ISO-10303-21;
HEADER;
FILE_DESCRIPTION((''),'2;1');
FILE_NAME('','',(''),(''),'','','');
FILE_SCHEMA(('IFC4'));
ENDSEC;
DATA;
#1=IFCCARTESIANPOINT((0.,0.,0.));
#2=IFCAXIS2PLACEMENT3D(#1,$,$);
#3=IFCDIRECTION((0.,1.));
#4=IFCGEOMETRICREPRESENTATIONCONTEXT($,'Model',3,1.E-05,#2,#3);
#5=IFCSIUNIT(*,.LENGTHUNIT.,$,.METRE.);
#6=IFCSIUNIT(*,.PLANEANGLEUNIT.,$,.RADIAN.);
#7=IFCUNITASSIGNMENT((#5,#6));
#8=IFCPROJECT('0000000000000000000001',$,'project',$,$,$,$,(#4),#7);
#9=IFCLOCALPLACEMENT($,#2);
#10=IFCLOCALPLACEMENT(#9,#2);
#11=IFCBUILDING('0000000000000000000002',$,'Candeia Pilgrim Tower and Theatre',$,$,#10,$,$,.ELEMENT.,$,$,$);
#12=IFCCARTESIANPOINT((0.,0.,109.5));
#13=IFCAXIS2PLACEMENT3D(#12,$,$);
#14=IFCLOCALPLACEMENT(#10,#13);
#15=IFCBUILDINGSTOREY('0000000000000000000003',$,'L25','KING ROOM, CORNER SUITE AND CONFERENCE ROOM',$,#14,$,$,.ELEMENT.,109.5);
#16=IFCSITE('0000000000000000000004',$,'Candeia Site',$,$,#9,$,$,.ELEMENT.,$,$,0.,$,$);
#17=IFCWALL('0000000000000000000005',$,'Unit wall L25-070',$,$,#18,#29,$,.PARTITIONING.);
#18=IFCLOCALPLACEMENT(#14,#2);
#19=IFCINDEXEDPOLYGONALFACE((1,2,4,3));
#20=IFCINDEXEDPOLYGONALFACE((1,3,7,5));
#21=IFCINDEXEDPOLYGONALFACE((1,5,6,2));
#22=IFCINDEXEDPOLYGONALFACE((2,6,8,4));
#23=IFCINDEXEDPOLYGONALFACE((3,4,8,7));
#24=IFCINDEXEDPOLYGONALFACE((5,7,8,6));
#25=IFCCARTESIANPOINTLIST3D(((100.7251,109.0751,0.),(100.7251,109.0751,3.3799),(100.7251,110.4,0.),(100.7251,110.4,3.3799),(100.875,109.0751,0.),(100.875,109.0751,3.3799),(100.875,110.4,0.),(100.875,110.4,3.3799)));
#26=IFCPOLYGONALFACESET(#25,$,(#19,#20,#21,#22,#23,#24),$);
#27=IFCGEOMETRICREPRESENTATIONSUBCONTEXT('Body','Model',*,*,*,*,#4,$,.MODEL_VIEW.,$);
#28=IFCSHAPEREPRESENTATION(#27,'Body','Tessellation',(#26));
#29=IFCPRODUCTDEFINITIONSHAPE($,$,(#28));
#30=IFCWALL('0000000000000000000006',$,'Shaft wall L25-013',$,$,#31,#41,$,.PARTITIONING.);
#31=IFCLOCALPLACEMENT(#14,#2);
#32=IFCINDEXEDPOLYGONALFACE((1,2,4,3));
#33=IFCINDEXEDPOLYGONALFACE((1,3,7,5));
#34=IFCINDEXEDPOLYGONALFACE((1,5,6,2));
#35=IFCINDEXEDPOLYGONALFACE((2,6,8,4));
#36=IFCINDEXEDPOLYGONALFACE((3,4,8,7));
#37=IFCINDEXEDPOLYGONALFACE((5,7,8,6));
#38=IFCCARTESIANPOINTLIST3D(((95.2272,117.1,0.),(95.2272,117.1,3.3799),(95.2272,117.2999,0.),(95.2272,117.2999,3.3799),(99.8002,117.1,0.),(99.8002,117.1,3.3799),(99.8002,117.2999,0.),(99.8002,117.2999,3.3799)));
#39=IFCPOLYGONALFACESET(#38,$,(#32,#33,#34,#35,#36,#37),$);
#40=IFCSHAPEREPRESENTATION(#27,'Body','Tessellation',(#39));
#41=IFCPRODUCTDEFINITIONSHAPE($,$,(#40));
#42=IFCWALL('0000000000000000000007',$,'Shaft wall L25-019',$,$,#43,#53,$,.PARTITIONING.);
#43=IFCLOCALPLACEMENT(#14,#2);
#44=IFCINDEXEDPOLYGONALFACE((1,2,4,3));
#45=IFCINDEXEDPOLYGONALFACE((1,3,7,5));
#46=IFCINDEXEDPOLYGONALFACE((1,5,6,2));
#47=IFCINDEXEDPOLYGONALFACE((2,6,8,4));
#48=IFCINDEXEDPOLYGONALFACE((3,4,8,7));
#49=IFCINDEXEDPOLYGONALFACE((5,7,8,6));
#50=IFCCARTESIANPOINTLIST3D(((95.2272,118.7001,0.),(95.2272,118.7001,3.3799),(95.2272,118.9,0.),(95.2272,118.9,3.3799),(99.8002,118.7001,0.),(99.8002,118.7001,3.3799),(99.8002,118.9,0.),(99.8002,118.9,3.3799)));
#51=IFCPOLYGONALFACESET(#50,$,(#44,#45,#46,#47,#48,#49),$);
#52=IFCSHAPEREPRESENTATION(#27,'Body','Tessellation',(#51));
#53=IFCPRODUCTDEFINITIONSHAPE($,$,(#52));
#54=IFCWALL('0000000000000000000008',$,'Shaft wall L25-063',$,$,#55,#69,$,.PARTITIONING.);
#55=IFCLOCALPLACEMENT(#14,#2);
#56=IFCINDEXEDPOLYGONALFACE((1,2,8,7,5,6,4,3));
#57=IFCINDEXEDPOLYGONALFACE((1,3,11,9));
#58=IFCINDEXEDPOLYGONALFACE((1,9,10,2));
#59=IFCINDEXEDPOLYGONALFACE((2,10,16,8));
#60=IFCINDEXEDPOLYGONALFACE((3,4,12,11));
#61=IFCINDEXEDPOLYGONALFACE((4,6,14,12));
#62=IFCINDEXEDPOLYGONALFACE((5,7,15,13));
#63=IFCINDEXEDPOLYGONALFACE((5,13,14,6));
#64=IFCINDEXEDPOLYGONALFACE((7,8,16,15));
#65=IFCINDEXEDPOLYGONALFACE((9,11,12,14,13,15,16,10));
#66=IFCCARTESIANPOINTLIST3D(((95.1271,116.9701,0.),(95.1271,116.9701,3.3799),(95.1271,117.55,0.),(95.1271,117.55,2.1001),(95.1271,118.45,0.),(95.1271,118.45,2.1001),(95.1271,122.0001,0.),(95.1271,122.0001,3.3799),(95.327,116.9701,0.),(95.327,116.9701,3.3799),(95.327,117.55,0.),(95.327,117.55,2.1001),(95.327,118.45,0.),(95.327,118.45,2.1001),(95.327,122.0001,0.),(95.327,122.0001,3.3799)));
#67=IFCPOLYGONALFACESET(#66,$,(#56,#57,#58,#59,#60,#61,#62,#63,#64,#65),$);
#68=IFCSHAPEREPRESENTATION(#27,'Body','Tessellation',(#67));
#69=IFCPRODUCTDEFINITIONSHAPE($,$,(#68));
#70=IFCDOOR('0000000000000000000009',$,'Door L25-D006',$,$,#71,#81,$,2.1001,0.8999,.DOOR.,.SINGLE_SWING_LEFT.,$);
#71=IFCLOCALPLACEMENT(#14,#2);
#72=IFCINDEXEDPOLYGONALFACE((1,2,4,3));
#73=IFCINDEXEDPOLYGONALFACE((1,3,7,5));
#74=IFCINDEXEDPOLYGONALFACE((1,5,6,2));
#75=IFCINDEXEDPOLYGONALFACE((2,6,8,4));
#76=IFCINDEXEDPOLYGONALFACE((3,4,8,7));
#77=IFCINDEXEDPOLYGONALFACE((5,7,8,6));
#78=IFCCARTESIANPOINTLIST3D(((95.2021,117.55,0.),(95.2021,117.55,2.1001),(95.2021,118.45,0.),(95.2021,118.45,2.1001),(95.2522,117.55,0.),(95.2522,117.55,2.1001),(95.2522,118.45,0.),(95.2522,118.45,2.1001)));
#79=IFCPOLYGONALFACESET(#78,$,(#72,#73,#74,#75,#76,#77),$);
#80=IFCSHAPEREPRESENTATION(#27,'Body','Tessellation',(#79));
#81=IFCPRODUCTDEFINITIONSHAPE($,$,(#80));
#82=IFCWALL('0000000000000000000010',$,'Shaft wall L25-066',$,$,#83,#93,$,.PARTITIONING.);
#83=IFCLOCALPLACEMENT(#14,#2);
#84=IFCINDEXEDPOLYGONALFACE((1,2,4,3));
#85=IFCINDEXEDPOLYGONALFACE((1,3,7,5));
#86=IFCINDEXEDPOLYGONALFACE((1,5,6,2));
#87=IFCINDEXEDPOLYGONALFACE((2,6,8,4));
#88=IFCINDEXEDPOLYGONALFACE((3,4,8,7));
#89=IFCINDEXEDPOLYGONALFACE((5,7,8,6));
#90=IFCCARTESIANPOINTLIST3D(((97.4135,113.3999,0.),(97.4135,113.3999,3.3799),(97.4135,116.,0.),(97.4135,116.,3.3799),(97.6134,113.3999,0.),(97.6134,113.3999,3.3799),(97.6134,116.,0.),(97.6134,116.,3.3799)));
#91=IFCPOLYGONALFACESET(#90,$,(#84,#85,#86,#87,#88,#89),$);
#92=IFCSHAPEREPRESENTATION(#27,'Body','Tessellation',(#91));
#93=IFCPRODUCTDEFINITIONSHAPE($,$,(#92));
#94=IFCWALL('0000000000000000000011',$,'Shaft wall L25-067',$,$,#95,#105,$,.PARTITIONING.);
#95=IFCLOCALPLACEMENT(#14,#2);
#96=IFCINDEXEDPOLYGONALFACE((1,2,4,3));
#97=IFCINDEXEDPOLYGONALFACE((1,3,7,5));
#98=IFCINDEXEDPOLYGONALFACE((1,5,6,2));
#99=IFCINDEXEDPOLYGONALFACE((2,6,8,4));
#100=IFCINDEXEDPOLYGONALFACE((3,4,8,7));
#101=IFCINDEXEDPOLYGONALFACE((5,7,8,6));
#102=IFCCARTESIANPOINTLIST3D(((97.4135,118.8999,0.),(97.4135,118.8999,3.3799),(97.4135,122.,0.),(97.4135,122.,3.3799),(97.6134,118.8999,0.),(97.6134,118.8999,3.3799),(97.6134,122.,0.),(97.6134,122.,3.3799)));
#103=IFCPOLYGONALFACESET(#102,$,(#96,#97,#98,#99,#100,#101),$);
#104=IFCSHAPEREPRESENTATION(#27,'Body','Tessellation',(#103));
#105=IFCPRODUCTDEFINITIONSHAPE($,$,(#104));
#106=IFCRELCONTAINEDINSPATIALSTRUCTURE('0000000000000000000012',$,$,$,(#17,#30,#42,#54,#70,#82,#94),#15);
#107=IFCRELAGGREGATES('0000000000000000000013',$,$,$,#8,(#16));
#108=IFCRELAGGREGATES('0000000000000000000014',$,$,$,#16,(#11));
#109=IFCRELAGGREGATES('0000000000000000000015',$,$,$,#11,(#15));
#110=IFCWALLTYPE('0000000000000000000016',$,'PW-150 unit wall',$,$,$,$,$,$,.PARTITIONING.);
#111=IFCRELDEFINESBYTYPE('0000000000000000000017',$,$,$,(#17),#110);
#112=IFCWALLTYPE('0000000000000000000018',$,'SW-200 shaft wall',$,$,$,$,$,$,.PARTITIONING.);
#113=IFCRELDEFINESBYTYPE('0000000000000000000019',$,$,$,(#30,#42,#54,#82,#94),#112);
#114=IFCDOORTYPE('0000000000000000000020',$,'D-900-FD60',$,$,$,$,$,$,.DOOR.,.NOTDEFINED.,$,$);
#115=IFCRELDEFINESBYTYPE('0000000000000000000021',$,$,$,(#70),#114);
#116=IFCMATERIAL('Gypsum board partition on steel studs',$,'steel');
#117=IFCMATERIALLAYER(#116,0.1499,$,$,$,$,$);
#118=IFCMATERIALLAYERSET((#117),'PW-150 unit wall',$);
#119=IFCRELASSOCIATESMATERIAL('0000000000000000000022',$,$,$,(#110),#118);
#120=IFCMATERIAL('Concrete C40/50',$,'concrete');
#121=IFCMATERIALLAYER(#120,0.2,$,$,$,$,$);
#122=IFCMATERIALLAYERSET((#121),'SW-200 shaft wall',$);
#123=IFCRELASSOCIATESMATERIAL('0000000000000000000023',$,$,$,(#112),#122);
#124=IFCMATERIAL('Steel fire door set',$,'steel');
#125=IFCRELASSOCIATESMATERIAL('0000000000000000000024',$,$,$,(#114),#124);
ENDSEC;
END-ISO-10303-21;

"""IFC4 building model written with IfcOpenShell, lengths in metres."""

from ifc_helpers import new_model, si_unit, direction, frame, frame_2d, origin, place, context, subcontext, project, spatial, rectangle, extrude, material, layer, layer_set, type_object, element, fill, save


model = new_model("IFC4")

# Units and contexts
model_context = context("Model", 3, precision=1e-05, world=origin(), true_north=direction((0.0, 1.0)))
body_context = subcontext(model_context, "Body", "Model", "MODEL_VIEW")
ifc_project = project(units=[si_unit("LENGTHUNIT", "METRE"), si_unit("PLANEANGLEUNIT", "RADIAN")], contexts=[model_context])

# Site, building, storey
site_placement = place(None, origin())
site = spatial("IfcSite", under=ifc_project, at=site_placement, Name="Candeia Site", CompositionType="ELEMENT", RefElevation=0.0)
building_placement = place(site_placement, origin())
building = spatial("IfcBuilding", under=site, at=building_placement, Name="Candeia Pilgrim Tower and Theatre", CompositionType="ELEMENT")
storey_placement = place(building_placement, frame((0.0, 0.0, 109.5)))
storey = spatial("IfcBuildingStorey", under=building, at=storey_placement, Name="L25", Description="KING ROOM, CORNER SUITE AND CONFERENCE ROOM", CompositionType="ELEMENT", Elevation=109.5)

# Shared definitions
ifc_material_1 = material(Name="Steel fire door set", Category="steel")

# Shared definitions
ifc_material_2 = material(Name="Gypsum board partition on steel studs", Category="steel")
ifc_layer_1 = layer(ifc_material_2, 0.1499)
ifc_layer_set_1 = layer_set([ifc_layer_1], Name="PW-150 unit wall")
wall_type_1 = type_object("IfcWallType", Name="PW-150 unit wall", PredefinedType="PARTITIONING", material=ifc_layer_set_1)

# Walls
wall_1_placement = place(storey_placement, frame((100.8, 109.075, 0.0), z_axis=(0.0, 0.0, 1.0), x_axis=(0.0, 1.0, 0.0)))
element("IfcWall", 1, at=wall_1_placement, inside=storey, type_object=wall_type_1, Name="Unit wall L25-070", PredefinedType="PARTITIONING", context=body_context, shape_type="SweptSolid", body=[
    extrude(rectangle(XDim=1.325, YDim=0.1499, at=frame_2d((0.6626, 0.0))), origin(), (0.0, 0.0, 1.0), 3.3799),
])
ifc_material_3 = material(Name="Concrete C40/50", Category="concrete")
ifc_layer_2 = layer(ifc_material_3, 0.2)
ifc_layer_set_2 = layer_set([ifc_layer_2], Name="SW-200 shaft wall")
wall_type_2 = type_object("IfcWallType", Name="SW-200 shaft wall", PredefinedType="PARTITIONING", material=ifc_layer_set_2)
for number, where, z_axis, x_axis, name in (
    (2, (95.2271, 117.2, 0.0), (0.0, 0.0, 1.0), (1.0, 0.0, 0.0), "Shaft wall L25-013"),
    (3, (95.2271, 118.8, 0.0), (0.0, 0.0, 1.0), (1.0, 0.0, 0.0), "Shaft wall L25-019"),
):
    element("IfcWall", number, at=place(storey_placement, frame(where, z_axis=z_axis, x_axis=x_axis)), inside=storey, type_object=wall_type_2, Name=name, PredefinedType="PARTITIONING", context=body_context, shape_type="SweptSolid", body=[
        extrude(rectangle(XDim=4.573, YDim=0.2, at=frame_2d((2.2866, 0.0))), origin(), (0.0, 0.0, 1.0), 3.3799),
    ])

# Wall, opening, door
wall_2_placement = place(storey_placement, frame((95.2271, 116.97, 0.0), z_axis=(0.0, 0.0, 1.0), x_axis=(0.0, 1.0, 0.0)))
wall_2 = element("IfcWall", 4, at=wall_2_placement, inside=storey, type_object=wall_type_2, Name="Shaft wall L25-063", PredefinedType="PARTITIONING", context=body_context, shape_type="SweptSolid", body=[
    extrude(rectangle(XDim=5.03, YDim=0.2, at=frame_2d((2.5151, 0.0))), origin(), (0.0, 0.0, 1.0), 3.3799),
])
opening_1_placement = place(wall_2_placement, frame((0.5801, 0.0, 0.0)))
opening_1 = element("IfcOpeningElement", 5, at=opening_1_placement, cuts=wall_2, PredefinedType="OPENING", context=body_context, shape_type="SweptSolid", body=[
    extrude(rectangle(XDim=0.8999, YDim=2.1001, at=frame_2d((0.45, 1.05))), frame((0.0, 0.1099, 0.0), z_axis=(0.0, -1.0, 0.0), x_axis=(1.0, 0.0, 0.0)), (0.0, 0.0, 1.0), 0.22),
])
door_type_1 = type_object("IfcDoorType", Name="D-900-FD60", OperationType="NOTDEFINED", PredefinedType="DOOR", material=ifc_material_1)
door_1_placement = place(opening_1_placement, origin())
door_1 = element("IfcDoor", 6, at=door_1_placement, inside=storey, type_object=door_type_1, Name="Door L25-D006", OperationType="SINGLE_SWING_LEFT", OverallHeight=2.1001, OverallWidth=0.8999, PredefinedType="DOOR", context=body_context, shape_type="SweptSolid", body=[
    extrude(rectangle(XDim=0.8999, YDim=2.1001, at=frame_2d((0.45, 1.05))), frame((0.0, 0.0249, 0.0), z_axis=(0.0, -1.0, 0.0), x_axis=(1.0, 0.0, 0.0)), (0.0, 0.0, 1.0), 0.05),
])
fill(opening_1, door_1)

# Walls
wall_3_placement = place(storey_placement, frame((97.5134, 113.3999, 0.0), z_axis=(0.0, 0.0, 1.0), x_axis=(0.0, 1.0, 0.0)))
element("IfcWall", 7, at=wall_3_placement, inside=storey, type_object=wall_type_2, Name="Shaft wall L25-066", PredefinedType="PARTITIONING", context=body_context, shape_type="SweptSolid", body=[
    extrude(rectangle(XDim=2.6001, YDim=0.2, at=frame_2d((1.3, 0.0))), origin(), (0.0, 0.0, 1.0), 3.3799),
])
wall_4_placement = place(storey_placement, frame((97.5134, 118.8999, 0.0), z_axis=(0.0, 0.0, 1.0), x_axis=(0.0, 1.0, 0.0)))
element("IfcWall", 8, at=wall_4_placement, inside=storey, type_object=wall_type_2, Name="Shaft wall L25-067", PredefinedType="PARTITIONING", context=body_context, shape_type="SweptSolid", body=[
    extrude(rectangle(XDim=3.1001, YDim=0.2, at=frame_2d((1.55, 0.0))), origin(), (0.0, 0.0, 1.0), 3.3799),
])

save(model, "model.ifc")
